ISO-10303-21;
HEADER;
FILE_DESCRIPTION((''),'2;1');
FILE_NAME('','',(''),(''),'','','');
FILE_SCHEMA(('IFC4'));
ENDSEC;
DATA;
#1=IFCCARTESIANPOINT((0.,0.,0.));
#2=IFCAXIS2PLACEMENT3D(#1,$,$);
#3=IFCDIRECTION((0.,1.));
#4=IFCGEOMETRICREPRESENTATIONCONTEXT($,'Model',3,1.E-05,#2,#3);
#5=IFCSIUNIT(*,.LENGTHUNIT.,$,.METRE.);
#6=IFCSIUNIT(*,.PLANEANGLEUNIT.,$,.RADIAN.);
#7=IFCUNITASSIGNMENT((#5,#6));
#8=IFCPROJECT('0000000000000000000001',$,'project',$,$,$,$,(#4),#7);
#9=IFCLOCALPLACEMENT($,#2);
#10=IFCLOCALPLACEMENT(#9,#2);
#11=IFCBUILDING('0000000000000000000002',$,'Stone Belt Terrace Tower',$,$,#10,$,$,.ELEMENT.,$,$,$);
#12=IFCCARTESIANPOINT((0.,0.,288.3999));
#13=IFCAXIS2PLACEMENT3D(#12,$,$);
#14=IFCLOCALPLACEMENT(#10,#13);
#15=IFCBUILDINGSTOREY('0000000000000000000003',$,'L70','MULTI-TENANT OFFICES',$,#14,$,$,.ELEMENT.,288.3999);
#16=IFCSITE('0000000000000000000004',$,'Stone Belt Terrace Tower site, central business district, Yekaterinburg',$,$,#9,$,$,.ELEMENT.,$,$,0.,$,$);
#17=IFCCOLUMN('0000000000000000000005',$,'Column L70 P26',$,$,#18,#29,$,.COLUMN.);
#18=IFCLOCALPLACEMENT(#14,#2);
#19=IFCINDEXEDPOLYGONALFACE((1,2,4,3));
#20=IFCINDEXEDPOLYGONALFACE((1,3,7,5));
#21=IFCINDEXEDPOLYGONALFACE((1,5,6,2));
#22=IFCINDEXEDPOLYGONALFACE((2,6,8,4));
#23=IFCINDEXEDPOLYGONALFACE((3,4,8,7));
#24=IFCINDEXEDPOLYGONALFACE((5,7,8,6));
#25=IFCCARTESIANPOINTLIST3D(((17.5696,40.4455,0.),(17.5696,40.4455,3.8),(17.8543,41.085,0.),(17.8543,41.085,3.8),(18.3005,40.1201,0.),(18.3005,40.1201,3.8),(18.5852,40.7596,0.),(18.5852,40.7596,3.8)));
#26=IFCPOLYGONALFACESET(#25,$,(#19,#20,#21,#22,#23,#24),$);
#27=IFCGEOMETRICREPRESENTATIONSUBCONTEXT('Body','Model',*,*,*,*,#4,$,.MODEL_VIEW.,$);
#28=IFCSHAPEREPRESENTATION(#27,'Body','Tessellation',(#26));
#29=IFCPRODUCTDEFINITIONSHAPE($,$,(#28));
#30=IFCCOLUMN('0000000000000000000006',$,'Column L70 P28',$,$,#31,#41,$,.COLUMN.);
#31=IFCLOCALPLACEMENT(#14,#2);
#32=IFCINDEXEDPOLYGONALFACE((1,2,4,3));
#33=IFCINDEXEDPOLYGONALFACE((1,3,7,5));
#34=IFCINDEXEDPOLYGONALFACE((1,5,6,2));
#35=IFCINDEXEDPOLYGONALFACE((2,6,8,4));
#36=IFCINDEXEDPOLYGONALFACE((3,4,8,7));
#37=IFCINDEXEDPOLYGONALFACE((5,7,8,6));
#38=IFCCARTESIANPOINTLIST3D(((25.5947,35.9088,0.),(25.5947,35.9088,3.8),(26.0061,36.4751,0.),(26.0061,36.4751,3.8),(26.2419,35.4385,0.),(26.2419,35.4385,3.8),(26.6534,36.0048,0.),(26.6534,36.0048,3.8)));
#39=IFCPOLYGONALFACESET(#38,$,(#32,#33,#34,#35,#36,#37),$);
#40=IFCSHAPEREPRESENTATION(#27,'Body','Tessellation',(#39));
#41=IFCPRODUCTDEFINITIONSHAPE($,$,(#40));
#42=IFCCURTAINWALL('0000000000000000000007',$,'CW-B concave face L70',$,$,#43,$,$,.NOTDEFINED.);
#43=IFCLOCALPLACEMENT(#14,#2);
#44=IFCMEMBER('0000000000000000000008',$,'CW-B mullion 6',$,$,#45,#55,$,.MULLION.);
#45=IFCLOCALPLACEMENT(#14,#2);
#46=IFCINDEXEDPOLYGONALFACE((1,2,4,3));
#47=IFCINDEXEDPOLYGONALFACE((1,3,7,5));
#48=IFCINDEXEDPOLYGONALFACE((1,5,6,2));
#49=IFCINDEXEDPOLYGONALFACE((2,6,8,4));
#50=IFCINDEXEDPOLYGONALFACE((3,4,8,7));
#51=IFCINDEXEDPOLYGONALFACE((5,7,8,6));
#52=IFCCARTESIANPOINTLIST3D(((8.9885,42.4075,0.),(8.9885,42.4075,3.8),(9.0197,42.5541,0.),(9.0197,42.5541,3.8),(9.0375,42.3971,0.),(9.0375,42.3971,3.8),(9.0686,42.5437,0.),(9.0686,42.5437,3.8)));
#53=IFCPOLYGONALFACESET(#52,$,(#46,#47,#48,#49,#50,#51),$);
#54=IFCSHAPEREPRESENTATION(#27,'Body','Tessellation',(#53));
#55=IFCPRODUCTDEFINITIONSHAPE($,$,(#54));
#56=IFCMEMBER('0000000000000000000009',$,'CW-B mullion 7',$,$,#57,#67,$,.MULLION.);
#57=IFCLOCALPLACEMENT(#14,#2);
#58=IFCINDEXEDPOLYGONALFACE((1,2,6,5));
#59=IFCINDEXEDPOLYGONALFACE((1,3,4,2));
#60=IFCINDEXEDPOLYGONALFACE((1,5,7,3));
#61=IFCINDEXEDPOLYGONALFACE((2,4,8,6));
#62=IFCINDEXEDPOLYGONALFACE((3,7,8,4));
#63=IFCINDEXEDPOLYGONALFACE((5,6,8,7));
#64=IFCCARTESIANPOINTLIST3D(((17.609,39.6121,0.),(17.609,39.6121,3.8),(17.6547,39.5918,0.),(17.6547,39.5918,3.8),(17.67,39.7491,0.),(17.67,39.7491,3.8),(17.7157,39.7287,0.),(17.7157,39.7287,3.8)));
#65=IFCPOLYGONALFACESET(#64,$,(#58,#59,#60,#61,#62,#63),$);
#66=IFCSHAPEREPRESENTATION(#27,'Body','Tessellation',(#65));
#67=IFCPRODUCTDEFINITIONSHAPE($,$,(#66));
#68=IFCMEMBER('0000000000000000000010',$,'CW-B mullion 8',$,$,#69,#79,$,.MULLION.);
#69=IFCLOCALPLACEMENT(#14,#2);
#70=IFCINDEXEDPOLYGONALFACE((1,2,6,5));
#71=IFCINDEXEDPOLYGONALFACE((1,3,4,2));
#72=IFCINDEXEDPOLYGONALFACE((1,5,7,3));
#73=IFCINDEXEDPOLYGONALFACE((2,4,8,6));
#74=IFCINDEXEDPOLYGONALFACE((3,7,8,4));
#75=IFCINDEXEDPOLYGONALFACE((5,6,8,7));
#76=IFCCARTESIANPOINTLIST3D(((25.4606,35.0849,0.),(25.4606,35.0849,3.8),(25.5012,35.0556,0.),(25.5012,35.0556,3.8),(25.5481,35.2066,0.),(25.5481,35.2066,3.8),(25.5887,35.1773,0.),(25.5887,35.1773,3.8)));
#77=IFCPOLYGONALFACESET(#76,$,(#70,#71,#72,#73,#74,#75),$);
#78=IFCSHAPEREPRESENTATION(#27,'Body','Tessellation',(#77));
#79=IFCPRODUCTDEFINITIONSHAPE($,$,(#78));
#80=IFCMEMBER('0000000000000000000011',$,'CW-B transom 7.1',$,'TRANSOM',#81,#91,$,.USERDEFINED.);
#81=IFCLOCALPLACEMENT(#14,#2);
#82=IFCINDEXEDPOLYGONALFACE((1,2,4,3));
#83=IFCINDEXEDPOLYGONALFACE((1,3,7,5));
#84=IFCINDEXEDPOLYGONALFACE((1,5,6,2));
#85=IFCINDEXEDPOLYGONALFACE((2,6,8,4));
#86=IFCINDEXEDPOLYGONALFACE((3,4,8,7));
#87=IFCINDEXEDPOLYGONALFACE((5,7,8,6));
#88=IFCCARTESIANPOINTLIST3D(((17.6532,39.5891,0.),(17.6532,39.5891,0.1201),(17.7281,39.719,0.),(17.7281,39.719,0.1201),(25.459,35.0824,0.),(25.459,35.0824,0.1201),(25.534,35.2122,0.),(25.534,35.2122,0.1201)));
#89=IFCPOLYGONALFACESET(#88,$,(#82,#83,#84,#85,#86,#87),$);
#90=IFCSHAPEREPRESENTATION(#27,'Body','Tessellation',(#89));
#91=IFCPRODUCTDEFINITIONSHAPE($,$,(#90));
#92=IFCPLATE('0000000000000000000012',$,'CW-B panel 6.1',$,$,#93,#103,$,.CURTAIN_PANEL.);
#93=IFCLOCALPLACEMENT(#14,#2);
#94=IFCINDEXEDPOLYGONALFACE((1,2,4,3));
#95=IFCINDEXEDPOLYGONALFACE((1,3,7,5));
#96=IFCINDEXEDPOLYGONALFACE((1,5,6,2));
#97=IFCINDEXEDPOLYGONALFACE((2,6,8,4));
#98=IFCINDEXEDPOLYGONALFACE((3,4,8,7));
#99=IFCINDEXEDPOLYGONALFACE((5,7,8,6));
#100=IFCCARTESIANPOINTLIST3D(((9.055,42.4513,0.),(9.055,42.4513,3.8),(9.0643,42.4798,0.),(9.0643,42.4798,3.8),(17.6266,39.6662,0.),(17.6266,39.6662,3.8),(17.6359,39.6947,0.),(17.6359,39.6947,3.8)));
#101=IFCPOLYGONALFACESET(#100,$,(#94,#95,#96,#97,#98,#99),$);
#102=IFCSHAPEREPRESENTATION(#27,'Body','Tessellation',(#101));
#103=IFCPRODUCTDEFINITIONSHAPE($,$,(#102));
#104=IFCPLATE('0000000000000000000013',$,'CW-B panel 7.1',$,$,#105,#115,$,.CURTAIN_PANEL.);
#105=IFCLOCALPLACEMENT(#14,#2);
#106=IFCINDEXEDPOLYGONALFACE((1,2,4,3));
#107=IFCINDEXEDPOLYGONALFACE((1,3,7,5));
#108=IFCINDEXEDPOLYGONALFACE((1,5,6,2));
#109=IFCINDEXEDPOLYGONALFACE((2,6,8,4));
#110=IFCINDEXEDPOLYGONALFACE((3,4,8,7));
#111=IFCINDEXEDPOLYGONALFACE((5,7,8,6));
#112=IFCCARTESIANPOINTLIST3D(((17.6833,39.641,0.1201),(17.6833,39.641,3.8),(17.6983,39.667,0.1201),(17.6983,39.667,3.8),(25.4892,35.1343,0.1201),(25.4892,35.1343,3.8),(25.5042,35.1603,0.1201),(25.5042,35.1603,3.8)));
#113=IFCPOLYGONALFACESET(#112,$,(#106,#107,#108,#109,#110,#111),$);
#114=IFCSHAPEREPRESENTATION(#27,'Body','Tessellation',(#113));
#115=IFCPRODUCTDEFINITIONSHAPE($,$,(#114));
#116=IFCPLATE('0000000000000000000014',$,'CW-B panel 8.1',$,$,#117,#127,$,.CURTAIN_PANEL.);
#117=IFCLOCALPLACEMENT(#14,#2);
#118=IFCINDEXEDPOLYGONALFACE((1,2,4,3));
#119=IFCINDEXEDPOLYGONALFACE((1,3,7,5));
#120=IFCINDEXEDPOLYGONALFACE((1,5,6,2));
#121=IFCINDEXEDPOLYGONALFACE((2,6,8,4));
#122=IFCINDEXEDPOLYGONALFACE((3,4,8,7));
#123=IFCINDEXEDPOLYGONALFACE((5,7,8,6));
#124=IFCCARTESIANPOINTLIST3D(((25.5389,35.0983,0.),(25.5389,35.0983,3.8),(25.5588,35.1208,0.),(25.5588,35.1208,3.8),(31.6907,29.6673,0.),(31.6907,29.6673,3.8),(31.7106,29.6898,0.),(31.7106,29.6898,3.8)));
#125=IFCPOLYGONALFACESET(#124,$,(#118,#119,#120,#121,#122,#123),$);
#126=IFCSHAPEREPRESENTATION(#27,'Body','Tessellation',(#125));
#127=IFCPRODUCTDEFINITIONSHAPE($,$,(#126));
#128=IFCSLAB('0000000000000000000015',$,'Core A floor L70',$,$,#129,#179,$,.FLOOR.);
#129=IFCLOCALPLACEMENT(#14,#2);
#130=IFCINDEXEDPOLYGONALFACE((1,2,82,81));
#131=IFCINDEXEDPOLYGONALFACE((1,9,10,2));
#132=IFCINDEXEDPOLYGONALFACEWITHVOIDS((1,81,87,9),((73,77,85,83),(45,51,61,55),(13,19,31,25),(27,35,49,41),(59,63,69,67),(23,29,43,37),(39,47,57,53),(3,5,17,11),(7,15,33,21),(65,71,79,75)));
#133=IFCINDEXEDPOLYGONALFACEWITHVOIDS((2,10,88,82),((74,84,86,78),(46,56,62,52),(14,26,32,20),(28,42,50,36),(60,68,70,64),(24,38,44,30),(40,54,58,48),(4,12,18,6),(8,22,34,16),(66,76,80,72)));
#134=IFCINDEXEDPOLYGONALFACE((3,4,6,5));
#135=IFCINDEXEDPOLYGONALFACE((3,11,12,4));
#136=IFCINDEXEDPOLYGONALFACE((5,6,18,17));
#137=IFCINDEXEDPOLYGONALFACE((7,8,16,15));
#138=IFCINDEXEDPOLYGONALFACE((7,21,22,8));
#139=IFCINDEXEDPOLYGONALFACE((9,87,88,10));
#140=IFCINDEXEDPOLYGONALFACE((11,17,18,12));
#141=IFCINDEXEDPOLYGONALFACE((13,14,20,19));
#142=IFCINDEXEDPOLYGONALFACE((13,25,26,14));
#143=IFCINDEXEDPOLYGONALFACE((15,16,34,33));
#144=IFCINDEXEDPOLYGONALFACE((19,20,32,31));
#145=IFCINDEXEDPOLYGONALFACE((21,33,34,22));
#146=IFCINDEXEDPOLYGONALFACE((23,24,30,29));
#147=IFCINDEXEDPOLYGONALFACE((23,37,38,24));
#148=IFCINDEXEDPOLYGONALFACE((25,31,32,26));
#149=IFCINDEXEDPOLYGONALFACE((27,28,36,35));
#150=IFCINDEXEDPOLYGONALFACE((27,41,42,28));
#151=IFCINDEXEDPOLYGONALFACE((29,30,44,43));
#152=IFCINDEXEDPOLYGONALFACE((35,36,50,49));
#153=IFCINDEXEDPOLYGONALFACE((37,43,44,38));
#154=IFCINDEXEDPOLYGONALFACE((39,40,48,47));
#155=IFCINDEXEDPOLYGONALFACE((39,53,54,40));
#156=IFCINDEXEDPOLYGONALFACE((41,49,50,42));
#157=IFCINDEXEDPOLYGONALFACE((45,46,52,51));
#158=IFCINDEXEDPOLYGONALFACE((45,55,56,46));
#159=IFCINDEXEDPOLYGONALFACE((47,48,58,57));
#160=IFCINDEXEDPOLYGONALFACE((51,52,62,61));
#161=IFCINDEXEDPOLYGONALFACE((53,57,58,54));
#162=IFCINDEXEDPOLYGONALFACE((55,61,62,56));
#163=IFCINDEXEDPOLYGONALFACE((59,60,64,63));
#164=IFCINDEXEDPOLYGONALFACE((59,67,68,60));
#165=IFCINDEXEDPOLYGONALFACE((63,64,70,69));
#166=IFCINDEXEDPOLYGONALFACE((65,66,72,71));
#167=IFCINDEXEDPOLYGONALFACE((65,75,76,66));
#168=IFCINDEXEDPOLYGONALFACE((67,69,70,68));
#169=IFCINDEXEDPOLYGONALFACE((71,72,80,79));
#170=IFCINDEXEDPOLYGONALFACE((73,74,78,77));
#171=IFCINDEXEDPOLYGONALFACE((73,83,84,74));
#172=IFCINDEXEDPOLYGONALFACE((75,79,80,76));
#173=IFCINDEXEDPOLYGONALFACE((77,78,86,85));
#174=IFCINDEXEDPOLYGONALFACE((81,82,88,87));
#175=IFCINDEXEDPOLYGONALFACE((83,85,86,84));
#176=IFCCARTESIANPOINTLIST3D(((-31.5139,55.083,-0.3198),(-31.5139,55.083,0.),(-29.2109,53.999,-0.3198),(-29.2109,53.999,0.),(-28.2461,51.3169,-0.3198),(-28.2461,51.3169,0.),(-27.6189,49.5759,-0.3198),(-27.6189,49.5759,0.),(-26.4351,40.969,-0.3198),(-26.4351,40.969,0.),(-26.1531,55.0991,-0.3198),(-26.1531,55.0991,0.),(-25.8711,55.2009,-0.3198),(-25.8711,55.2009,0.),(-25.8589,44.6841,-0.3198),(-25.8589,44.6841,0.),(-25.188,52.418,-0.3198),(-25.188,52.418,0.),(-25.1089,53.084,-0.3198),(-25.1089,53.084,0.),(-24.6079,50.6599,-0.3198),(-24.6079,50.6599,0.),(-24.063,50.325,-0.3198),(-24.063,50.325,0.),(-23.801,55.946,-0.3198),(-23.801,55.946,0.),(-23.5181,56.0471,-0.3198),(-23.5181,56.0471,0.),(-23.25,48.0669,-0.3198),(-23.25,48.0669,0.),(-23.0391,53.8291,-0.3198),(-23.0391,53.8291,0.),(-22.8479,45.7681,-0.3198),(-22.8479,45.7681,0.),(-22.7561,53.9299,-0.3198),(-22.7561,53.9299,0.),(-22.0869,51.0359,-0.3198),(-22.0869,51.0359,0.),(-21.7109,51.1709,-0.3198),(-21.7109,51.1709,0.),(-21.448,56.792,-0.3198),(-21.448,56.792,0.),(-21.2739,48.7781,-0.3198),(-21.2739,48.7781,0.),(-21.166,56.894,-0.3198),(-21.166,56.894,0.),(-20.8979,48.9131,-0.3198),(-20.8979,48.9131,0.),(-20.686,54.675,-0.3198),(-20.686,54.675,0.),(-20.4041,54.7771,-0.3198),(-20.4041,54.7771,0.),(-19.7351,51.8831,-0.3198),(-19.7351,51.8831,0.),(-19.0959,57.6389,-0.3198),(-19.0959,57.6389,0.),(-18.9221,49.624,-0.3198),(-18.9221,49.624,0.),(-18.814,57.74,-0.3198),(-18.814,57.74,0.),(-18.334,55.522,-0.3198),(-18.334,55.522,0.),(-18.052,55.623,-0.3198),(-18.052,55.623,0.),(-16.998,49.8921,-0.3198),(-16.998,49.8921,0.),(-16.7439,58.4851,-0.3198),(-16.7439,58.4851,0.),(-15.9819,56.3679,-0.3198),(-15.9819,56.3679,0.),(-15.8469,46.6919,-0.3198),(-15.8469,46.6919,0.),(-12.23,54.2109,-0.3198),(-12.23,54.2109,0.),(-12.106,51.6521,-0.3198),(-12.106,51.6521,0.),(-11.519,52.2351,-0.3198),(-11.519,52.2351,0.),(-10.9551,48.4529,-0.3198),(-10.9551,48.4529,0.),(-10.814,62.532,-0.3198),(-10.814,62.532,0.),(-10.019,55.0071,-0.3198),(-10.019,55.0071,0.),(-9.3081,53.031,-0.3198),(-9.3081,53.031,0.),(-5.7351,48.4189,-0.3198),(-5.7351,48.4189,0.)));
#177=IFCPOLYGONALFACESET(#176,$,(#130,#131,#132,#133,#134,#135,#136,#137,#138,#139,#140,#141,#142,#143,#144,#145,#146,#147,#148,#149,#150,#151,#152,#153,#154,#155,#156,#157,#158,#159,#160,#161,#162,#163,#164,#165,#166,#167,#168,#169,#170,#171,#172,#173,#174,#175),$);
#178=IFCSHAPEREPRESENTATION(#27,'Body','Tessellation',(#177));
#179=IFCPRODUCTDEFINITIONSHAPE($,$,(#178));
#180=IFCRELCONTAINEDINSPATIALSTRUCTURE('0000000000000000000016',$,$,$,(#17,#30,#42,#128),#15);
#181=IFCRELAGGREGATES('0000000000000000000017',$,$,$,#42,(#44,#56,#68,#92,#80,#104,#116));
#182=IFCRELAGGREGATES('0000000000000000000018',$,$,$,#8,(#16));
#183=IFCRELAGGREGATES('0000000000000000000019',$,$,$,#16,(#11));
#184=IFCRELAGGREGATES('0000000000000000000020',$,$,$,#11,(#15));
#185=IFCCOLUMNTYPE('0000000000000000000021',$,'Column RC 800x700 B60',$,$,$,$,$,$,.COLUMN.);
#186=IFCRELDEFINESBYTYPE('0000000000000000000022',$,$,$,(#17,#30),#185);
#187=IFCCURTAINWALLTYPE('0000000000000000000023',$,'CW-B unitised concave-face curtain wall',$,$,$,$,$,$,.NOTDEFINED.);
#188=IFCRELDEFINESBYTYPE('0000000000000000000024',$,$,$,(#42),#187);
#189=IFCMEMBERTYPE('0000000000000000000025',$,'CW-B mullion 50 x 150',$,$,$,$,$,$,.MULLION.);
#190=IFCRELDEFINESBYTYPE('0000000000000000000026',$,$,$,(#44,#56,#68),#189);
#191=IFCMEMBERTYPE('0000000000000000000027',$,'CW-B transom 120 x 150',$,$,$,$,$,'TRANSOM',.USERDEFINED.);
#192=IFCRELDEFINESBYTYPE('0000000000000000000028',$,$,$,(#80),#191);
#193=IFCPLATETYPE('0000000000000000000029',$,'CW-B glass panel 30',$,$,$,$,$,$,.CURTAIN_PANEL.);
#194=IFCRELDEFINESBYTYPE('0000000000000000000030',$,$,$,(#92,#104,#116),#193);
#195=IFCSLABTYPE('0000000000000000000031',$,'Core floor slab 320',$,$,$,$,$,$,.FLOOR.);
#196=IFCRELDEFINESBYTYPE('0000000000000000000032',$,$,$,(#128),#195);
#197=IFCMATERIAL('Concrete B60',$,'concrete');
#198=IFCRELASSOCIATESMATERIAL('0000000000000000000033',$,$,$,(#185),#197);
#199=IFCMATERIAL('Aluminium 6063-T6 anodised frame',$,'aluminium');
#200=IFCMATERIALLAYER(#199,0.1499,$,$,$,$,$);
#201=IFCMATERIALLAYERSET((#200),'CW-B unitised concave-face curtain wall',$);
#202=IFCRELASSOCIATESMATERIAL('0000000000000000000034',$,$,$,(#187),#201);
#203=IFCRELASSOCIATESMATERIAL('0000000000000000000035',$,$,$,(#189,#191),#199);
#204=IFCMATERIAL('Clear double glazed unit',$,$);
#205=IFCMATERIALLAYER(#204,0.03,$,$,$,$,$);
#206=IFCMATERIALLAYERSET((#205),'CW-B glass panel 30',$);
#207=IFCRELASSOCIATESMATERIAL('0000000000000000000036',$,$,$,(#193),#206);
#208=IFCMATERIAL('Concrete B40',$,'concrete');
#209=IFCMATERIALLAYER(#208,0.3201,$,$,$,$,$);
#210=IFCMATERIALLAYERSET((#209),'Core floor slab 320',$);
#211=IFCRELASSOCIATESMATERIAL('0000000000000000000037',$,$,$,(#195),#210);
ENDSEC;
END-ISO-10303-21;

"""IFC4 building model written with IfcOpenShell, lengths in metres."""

from ifc_helpers import new_model, si_unit, direction, frame, origin, origin_2d, place, context, subcontext, project, spatial, polyline, rectangle, outline, extrude, material, layer, layer_set, material_profile, profile_set, type_object, element, aggregate, save


model = new_model("IFC4")

# Units and contexts
model_context = context("Model", 3, precision=1e-05, world=origin(), true_north=direction((0.0, 1.0)))
body_context = subcontext(model_context, "Body", "Model", "MODEL_VIEW")
ifc_project = project(units=[si_unit("LENGTHUNIT", "METRE"), si_unit("PLANEANGLEUNIT", "RADIAN")], contexts=[model_context])

# Site, building, storey
site_placement = place(None, origin())
site = spatial("IfcSite", under=ifc_project, at=site_placement, Name="Stone Belt Terrace Tower site, central business district, Yekaterinburg", CompositionType="ELEMENT", RefElevation=0.0)
building_placement = place(site_placement, origin())
building = spatial("IfcBuilding", under=site, at=building_placement, Name="Stone Belt Terrace Tower", CompositionType="ELEMENT")
storey_placement = place(building_placement, frame((0.0, 0.0, 288.3999)))
storey = spatial("IfcBuildingStorey", under=building, at=storey_placement, Name="L70", Description="MULTI-TENANT OFFICES", CompositionType="ELEMENT", Elevation=288.3999)

# Columns
ifc_material_1 = material(Name="Concrete B60", Category="concrete")
ifc_material_profile_1 = material_profile(ifc_material_1, rectangle(XDim=0.8, YDim=0.7, at=origin_2d()), Name="RC 800x700")
ifc_profile_set_1 = profile_set([ifc_material_profile_1], Name="Concrete B60")
column_type = type_object("IfcColumnType", Name="Column RC 800x700 B60", PredefinedType="COLUMN", material=ifc_profile_set_1)
for number, where, z_axis, x_axis, name in (
    (1, (18.0774, 40.6025, 0.0), (0.0, 0.0, 1.0), (0.913545, -0.406737, 0.0), "Column L70 P26"),
    (2, (26.124, 35.9568, 0.0), (0.0, 0.0, 1.0), (0.809017, -0.587785, 0.0), "Column L70 P28"),
):
    element("IfcColumn", number, at=place(storey_placement, frame(where, z_axis=z_axis, x_axis=x_axis)), inside=storey, type_object=column_type, Name=name, PredefinedType="COLUMN", context=body_context, shape_type="SweptSolid", body=[
        extrude(rectangle(XDim=0.8, YDim=0.7, at=origin_2d()), origin(), (0.0, 0.0, 1.0), 3.8),
    ])

# Curtain wall, members, plates
ifc_material_2 = material(Name="Aluminium 6063-T6 anodised frame", Category="aluminium")
ifc_layer_1 = layer(ifc_material_2, 0.1499)
ifc_layer_set_1 = layer_set([ifc_layer_1], Name="CW-B unitised concave-face curtain wall")
curtain_wall_type = type_object("IfcCurtainWallType", Name="CW-B unitised concave-face curtain wall", PredefinedType="NOTDEFINED", material=ifc_layer_set_1)
curtain_wall_placement = place(storey_placement, origin())
curtain_wall = element("IfcCurtainWall", 3, at=curtain_wall_placement, inside=storey, type_object=curtain_wall_type, Name="CW-B concave face L70", PredefinedType="NOTDEFINED")
ifc_material_profile_2 = material_profile(ifc_material_2, rectangle(XDim=0.1499, YDim=0.05, at=origin_2d()), Name="Aluminium 6063-T6 50x150")
ifc_profile_set_2 = profile_set([ifc_material_profile_2], Name="Aluminium 6063-T6 anodised frame")
member_type_1 = type_object("IfcMemberType", Name="CW-B mullion 50 x 150", PredefinedType="MULLION", material=ifc_profile_set_2)
member_1_placement = place(storey_placement, frame((9.0286, 42.4756, 0.0), z_axis=(0.0, 0.0, 1.0), x_axis=(0.207912, 0.978148, 0.0)))
member_1 = element("IfcMember", 4, at=member_1_placement, type_object=member_type_1, Name="CW-B mullion 6", PredefinedType="MULLION", context=body_context, shape_type="SweptSolid", body=[
    extrude(rectangle(XDim=0.1499, YDim=0.05, at=origin_2d()), origin(), (0.0, 0.0, 1.0), 3.8),
])
member_2_placement = place(storey_placement, frame((17.6624, 39.6704, 0.0), z_axis=(0.0, 0.0, 1.0), x_axis=(0.406737, 0.913545, 0.0)))
member_2 = element("IfcMember", 5, at=member_2_placement, type_object=member_type_1, Name="CW-B mullion 7", PredefinedType="MULLION", context=body_context, shape_type="SweptSolid", body=[
    extrude(rectangle(XDim=0.1499, YDim=0.05, at=origin_2d()), origin(), (0.0, 0.0, 1.0), 3.8),
])
member_3_placement = place(storey_placement, frame((25.5247, 35.1311, 0.0), z_axis=(0.0, 0.0, 1.0), x_axis=(0.583819, 0.811884, 0.0)))
member_3 = element("IfcMember", 6, at=member_3_placement, type_object=member_type_1, Name="CW-B mullion 8", PredefinedType="MULLION", context=body_context, shape_type="SweptSolid", body=[
    extrude(rectangle(XDim=0.1499, YDim=0.05, at=origin_2d()), origin(), (0.0, 0.0, 1.0), 3.8),
])
ifc_material_profile_3 = material_profile(ifc_material_2, rectangle(XDim=0.1499, YDim=0.1201, at=origin_2d()), Name="Aluminium 6063-T6 150x120")
ifc_profile_set_3 = profile_set([ifc_material_profile_3], Name="Aluminium 6063-T6 anodised frame")
member_type_2 = type_object("IfcMemberType", Name="CW-B transom 120 x 150", ElementType="TRANSOM", PredefinedType="USERDEFINED", material=ifc_profile_set_3)
member_4_placement = place(storey_placement, frame((17.6907, 39.6541, 0.0601), z_axis=(0.866021, -0.500008, 0.0), x_axis=(0.500008, 0.866021, 0.0)))
member_4 = element("IfcMember", 7, at=member_4_placement, type_object=member_type_2, Name="CW-B transom 7.1", ObjectType="TRANSOM", PredefinedType="USERDEFINED", context=body_context, shape_type="SweptSolid", body=[
    extrude(rectangle(XDim=0.1499, YDim=0.1201, at=origin_2d()), origin(), (0.0, 0.0, 1.0), 9.0134),
])
ifc_material_3 = material(Name="Clear double glazed unit")
ifc_layer_2 = layer(ifc_material_3, 0.03)
ifc_layer_set_2 = layer_set([ifc_layer_2], Name="CW-B glass panel 30")
plate_type = type_object("IfcPlateType", Name="CW-B glass panel 30", PredefinedType="CURTAIN_PANEL", material=ifc_layer_set_2)
plate_1_placement = place(storey_placement, frame((13.3455, 41.073, 0.0), z_axis=(0.0, 0.0, 1.0), x_axis=(0.951057, -0.309017, 0.0)))
plate_1 = element("IfcPlate", 8, at=plate_1_placement, type_object=plate_type, Name="CW-B panel 6.1", PredefinedType="CURTAIN_PANEL", context=body_context, shape_type="SweptSolid", body=[
    extrude(rectangle(XDim=9.0127, YDim=0.03, at=origin_2d()), origin(), (0.0, 0.0, 1.0), 3.8),
])
plate_2_placement = place(storey_placement, frame((21.5938, 37.4006, 0.1201), z_axis=(0.0, 0.0, 1.0), x_axis=(0.866025, -0.5, 0.0)))
plate_2 = element("IfcPlate", 9, at=plate_2_placement, type_object=plate_type, Name="CW-B panel 7.1", PredefinedType="CURTAIN_PANEL", context=body_context, shape_type="SweptSolid", body=[
    extrude(rectangle(XDim=9.0134, YDim=0.03, at=origin_2d()), origin(), (0.0, 0.0, 1.0), 3.6799),
])
plate_3_placement = place(storey_placement, frame((28.6248, 32.394, 0.0), z_axis=(0.0, 0.0, 1.0), x_axis=(0.749659, -0.661825, 0.0)))
plate_3 = element("IfcPlate", 10, at=plate_3_placement, type_object=plate_type, Name="CW-B panel 8.1", PredefinedType="CURTAIN_PANEL", context=body_context, shape_type="SweptSolid", body=[
    extrude(rectangle(XDim=8.2061, YDim=0.03, at=origin_2d()), origin(), (0.0, 0.0, 1.0), 3.8),
])
aggregate(curtain_wall, [member_1, member_2, member_3, plate_1, member_4, plate_2, plate_3])

# Slab
ifc_material_4 = material(Name="Concrete B40", Category="concrete")
ifc_layer_3 = layer(ifc_material_4, 0.3201)
ifc_layer_set_3 = layer_set([ifc_layer_3], Name="Core floor slab 320")
slab_type_1 = type_object("IfcSlabType", Name="Core floor slab 320", PredefinedType="FLOOR", material=ifc_layer_set_3)
slab_1_placement = place(storey_placement, frame((0.0, 0.0, -0.3198)))
element("IfcSlab", 11, at=slab_1_placement, inside=storey, type_object=slab_type_1, Name="Core A floor L70", PredefinedType="FLOOR", context=body_context, shape_type="SweptSolid", body=[
    extrude(outline(polyline([(-26.4351, 40.969), (-5.7351, 48.4189), (-10.814, 62.532), (-31.5139, 55.083), (-26.4351, 40.969)]), holes=[polyline([(-24.6079, 50.6599), (-22.8479, 45.7681), (-25.8589, 44.6841), (-27.6189, 49.5759), (-24.6079, 50.6599)]), polyline([(-10.9551, 48.4529), (-15.8469, 46.6919), (-16.998, 49.8921), (-12.106, 51.6521), (-10.9551, 48.4529)]), polyline([(-22.0869, 51.0359), (-21.2739, 48.7781), (-23.25, 48.0669), (-24.063, 50.325), (-22.0869, 51.0359)]), polyline([(-18.9221, 49.624), (-20.8979, 48.9131), (-21.7109, 51.1709), (-19.7351, 51.8831), (-18.9221, 49.624)]), polyline([(-29.2109, 53.999), (-26.1531, 55.0991), (-25.188, 52.418), (-28.2461, 51.3169), (-29.2109, 53.999)]), polyline([(-10.019, 55.0071), (-9.3081, 53.031), (-11.519, 52.2351), (-12.23, 54.2109), (-10.019, 55.0071)]), polyline([(-25.8711, 55.2009), (-23.801, 55.946), (-23.0391, 53.8291), (-25.1089, 53.084), (-25.8711, 55.2009)]), polyline([(-23.5181, 56.0471), (-21.448, 56.792), (-20.686, 54.675), (-22.7561, 53.9299), (-23.5181, 56.0471)]), polyline([(-19.0959, 57.6389), (-18.334, 55.522), (-20.4041, 54.7771), (-21.166, 56.894), (-19.0959, 57.6389)]), polyline([(-16.7439, 58.4851), (-15.9819, 56.3679), (-18.052, 55.623), (-18.814, 57.74), (-16.7439, 58.4851)])]), origin(), (0.0, 0.0, 1.0), 0.3198),
])

save(model, "model.ifc")
